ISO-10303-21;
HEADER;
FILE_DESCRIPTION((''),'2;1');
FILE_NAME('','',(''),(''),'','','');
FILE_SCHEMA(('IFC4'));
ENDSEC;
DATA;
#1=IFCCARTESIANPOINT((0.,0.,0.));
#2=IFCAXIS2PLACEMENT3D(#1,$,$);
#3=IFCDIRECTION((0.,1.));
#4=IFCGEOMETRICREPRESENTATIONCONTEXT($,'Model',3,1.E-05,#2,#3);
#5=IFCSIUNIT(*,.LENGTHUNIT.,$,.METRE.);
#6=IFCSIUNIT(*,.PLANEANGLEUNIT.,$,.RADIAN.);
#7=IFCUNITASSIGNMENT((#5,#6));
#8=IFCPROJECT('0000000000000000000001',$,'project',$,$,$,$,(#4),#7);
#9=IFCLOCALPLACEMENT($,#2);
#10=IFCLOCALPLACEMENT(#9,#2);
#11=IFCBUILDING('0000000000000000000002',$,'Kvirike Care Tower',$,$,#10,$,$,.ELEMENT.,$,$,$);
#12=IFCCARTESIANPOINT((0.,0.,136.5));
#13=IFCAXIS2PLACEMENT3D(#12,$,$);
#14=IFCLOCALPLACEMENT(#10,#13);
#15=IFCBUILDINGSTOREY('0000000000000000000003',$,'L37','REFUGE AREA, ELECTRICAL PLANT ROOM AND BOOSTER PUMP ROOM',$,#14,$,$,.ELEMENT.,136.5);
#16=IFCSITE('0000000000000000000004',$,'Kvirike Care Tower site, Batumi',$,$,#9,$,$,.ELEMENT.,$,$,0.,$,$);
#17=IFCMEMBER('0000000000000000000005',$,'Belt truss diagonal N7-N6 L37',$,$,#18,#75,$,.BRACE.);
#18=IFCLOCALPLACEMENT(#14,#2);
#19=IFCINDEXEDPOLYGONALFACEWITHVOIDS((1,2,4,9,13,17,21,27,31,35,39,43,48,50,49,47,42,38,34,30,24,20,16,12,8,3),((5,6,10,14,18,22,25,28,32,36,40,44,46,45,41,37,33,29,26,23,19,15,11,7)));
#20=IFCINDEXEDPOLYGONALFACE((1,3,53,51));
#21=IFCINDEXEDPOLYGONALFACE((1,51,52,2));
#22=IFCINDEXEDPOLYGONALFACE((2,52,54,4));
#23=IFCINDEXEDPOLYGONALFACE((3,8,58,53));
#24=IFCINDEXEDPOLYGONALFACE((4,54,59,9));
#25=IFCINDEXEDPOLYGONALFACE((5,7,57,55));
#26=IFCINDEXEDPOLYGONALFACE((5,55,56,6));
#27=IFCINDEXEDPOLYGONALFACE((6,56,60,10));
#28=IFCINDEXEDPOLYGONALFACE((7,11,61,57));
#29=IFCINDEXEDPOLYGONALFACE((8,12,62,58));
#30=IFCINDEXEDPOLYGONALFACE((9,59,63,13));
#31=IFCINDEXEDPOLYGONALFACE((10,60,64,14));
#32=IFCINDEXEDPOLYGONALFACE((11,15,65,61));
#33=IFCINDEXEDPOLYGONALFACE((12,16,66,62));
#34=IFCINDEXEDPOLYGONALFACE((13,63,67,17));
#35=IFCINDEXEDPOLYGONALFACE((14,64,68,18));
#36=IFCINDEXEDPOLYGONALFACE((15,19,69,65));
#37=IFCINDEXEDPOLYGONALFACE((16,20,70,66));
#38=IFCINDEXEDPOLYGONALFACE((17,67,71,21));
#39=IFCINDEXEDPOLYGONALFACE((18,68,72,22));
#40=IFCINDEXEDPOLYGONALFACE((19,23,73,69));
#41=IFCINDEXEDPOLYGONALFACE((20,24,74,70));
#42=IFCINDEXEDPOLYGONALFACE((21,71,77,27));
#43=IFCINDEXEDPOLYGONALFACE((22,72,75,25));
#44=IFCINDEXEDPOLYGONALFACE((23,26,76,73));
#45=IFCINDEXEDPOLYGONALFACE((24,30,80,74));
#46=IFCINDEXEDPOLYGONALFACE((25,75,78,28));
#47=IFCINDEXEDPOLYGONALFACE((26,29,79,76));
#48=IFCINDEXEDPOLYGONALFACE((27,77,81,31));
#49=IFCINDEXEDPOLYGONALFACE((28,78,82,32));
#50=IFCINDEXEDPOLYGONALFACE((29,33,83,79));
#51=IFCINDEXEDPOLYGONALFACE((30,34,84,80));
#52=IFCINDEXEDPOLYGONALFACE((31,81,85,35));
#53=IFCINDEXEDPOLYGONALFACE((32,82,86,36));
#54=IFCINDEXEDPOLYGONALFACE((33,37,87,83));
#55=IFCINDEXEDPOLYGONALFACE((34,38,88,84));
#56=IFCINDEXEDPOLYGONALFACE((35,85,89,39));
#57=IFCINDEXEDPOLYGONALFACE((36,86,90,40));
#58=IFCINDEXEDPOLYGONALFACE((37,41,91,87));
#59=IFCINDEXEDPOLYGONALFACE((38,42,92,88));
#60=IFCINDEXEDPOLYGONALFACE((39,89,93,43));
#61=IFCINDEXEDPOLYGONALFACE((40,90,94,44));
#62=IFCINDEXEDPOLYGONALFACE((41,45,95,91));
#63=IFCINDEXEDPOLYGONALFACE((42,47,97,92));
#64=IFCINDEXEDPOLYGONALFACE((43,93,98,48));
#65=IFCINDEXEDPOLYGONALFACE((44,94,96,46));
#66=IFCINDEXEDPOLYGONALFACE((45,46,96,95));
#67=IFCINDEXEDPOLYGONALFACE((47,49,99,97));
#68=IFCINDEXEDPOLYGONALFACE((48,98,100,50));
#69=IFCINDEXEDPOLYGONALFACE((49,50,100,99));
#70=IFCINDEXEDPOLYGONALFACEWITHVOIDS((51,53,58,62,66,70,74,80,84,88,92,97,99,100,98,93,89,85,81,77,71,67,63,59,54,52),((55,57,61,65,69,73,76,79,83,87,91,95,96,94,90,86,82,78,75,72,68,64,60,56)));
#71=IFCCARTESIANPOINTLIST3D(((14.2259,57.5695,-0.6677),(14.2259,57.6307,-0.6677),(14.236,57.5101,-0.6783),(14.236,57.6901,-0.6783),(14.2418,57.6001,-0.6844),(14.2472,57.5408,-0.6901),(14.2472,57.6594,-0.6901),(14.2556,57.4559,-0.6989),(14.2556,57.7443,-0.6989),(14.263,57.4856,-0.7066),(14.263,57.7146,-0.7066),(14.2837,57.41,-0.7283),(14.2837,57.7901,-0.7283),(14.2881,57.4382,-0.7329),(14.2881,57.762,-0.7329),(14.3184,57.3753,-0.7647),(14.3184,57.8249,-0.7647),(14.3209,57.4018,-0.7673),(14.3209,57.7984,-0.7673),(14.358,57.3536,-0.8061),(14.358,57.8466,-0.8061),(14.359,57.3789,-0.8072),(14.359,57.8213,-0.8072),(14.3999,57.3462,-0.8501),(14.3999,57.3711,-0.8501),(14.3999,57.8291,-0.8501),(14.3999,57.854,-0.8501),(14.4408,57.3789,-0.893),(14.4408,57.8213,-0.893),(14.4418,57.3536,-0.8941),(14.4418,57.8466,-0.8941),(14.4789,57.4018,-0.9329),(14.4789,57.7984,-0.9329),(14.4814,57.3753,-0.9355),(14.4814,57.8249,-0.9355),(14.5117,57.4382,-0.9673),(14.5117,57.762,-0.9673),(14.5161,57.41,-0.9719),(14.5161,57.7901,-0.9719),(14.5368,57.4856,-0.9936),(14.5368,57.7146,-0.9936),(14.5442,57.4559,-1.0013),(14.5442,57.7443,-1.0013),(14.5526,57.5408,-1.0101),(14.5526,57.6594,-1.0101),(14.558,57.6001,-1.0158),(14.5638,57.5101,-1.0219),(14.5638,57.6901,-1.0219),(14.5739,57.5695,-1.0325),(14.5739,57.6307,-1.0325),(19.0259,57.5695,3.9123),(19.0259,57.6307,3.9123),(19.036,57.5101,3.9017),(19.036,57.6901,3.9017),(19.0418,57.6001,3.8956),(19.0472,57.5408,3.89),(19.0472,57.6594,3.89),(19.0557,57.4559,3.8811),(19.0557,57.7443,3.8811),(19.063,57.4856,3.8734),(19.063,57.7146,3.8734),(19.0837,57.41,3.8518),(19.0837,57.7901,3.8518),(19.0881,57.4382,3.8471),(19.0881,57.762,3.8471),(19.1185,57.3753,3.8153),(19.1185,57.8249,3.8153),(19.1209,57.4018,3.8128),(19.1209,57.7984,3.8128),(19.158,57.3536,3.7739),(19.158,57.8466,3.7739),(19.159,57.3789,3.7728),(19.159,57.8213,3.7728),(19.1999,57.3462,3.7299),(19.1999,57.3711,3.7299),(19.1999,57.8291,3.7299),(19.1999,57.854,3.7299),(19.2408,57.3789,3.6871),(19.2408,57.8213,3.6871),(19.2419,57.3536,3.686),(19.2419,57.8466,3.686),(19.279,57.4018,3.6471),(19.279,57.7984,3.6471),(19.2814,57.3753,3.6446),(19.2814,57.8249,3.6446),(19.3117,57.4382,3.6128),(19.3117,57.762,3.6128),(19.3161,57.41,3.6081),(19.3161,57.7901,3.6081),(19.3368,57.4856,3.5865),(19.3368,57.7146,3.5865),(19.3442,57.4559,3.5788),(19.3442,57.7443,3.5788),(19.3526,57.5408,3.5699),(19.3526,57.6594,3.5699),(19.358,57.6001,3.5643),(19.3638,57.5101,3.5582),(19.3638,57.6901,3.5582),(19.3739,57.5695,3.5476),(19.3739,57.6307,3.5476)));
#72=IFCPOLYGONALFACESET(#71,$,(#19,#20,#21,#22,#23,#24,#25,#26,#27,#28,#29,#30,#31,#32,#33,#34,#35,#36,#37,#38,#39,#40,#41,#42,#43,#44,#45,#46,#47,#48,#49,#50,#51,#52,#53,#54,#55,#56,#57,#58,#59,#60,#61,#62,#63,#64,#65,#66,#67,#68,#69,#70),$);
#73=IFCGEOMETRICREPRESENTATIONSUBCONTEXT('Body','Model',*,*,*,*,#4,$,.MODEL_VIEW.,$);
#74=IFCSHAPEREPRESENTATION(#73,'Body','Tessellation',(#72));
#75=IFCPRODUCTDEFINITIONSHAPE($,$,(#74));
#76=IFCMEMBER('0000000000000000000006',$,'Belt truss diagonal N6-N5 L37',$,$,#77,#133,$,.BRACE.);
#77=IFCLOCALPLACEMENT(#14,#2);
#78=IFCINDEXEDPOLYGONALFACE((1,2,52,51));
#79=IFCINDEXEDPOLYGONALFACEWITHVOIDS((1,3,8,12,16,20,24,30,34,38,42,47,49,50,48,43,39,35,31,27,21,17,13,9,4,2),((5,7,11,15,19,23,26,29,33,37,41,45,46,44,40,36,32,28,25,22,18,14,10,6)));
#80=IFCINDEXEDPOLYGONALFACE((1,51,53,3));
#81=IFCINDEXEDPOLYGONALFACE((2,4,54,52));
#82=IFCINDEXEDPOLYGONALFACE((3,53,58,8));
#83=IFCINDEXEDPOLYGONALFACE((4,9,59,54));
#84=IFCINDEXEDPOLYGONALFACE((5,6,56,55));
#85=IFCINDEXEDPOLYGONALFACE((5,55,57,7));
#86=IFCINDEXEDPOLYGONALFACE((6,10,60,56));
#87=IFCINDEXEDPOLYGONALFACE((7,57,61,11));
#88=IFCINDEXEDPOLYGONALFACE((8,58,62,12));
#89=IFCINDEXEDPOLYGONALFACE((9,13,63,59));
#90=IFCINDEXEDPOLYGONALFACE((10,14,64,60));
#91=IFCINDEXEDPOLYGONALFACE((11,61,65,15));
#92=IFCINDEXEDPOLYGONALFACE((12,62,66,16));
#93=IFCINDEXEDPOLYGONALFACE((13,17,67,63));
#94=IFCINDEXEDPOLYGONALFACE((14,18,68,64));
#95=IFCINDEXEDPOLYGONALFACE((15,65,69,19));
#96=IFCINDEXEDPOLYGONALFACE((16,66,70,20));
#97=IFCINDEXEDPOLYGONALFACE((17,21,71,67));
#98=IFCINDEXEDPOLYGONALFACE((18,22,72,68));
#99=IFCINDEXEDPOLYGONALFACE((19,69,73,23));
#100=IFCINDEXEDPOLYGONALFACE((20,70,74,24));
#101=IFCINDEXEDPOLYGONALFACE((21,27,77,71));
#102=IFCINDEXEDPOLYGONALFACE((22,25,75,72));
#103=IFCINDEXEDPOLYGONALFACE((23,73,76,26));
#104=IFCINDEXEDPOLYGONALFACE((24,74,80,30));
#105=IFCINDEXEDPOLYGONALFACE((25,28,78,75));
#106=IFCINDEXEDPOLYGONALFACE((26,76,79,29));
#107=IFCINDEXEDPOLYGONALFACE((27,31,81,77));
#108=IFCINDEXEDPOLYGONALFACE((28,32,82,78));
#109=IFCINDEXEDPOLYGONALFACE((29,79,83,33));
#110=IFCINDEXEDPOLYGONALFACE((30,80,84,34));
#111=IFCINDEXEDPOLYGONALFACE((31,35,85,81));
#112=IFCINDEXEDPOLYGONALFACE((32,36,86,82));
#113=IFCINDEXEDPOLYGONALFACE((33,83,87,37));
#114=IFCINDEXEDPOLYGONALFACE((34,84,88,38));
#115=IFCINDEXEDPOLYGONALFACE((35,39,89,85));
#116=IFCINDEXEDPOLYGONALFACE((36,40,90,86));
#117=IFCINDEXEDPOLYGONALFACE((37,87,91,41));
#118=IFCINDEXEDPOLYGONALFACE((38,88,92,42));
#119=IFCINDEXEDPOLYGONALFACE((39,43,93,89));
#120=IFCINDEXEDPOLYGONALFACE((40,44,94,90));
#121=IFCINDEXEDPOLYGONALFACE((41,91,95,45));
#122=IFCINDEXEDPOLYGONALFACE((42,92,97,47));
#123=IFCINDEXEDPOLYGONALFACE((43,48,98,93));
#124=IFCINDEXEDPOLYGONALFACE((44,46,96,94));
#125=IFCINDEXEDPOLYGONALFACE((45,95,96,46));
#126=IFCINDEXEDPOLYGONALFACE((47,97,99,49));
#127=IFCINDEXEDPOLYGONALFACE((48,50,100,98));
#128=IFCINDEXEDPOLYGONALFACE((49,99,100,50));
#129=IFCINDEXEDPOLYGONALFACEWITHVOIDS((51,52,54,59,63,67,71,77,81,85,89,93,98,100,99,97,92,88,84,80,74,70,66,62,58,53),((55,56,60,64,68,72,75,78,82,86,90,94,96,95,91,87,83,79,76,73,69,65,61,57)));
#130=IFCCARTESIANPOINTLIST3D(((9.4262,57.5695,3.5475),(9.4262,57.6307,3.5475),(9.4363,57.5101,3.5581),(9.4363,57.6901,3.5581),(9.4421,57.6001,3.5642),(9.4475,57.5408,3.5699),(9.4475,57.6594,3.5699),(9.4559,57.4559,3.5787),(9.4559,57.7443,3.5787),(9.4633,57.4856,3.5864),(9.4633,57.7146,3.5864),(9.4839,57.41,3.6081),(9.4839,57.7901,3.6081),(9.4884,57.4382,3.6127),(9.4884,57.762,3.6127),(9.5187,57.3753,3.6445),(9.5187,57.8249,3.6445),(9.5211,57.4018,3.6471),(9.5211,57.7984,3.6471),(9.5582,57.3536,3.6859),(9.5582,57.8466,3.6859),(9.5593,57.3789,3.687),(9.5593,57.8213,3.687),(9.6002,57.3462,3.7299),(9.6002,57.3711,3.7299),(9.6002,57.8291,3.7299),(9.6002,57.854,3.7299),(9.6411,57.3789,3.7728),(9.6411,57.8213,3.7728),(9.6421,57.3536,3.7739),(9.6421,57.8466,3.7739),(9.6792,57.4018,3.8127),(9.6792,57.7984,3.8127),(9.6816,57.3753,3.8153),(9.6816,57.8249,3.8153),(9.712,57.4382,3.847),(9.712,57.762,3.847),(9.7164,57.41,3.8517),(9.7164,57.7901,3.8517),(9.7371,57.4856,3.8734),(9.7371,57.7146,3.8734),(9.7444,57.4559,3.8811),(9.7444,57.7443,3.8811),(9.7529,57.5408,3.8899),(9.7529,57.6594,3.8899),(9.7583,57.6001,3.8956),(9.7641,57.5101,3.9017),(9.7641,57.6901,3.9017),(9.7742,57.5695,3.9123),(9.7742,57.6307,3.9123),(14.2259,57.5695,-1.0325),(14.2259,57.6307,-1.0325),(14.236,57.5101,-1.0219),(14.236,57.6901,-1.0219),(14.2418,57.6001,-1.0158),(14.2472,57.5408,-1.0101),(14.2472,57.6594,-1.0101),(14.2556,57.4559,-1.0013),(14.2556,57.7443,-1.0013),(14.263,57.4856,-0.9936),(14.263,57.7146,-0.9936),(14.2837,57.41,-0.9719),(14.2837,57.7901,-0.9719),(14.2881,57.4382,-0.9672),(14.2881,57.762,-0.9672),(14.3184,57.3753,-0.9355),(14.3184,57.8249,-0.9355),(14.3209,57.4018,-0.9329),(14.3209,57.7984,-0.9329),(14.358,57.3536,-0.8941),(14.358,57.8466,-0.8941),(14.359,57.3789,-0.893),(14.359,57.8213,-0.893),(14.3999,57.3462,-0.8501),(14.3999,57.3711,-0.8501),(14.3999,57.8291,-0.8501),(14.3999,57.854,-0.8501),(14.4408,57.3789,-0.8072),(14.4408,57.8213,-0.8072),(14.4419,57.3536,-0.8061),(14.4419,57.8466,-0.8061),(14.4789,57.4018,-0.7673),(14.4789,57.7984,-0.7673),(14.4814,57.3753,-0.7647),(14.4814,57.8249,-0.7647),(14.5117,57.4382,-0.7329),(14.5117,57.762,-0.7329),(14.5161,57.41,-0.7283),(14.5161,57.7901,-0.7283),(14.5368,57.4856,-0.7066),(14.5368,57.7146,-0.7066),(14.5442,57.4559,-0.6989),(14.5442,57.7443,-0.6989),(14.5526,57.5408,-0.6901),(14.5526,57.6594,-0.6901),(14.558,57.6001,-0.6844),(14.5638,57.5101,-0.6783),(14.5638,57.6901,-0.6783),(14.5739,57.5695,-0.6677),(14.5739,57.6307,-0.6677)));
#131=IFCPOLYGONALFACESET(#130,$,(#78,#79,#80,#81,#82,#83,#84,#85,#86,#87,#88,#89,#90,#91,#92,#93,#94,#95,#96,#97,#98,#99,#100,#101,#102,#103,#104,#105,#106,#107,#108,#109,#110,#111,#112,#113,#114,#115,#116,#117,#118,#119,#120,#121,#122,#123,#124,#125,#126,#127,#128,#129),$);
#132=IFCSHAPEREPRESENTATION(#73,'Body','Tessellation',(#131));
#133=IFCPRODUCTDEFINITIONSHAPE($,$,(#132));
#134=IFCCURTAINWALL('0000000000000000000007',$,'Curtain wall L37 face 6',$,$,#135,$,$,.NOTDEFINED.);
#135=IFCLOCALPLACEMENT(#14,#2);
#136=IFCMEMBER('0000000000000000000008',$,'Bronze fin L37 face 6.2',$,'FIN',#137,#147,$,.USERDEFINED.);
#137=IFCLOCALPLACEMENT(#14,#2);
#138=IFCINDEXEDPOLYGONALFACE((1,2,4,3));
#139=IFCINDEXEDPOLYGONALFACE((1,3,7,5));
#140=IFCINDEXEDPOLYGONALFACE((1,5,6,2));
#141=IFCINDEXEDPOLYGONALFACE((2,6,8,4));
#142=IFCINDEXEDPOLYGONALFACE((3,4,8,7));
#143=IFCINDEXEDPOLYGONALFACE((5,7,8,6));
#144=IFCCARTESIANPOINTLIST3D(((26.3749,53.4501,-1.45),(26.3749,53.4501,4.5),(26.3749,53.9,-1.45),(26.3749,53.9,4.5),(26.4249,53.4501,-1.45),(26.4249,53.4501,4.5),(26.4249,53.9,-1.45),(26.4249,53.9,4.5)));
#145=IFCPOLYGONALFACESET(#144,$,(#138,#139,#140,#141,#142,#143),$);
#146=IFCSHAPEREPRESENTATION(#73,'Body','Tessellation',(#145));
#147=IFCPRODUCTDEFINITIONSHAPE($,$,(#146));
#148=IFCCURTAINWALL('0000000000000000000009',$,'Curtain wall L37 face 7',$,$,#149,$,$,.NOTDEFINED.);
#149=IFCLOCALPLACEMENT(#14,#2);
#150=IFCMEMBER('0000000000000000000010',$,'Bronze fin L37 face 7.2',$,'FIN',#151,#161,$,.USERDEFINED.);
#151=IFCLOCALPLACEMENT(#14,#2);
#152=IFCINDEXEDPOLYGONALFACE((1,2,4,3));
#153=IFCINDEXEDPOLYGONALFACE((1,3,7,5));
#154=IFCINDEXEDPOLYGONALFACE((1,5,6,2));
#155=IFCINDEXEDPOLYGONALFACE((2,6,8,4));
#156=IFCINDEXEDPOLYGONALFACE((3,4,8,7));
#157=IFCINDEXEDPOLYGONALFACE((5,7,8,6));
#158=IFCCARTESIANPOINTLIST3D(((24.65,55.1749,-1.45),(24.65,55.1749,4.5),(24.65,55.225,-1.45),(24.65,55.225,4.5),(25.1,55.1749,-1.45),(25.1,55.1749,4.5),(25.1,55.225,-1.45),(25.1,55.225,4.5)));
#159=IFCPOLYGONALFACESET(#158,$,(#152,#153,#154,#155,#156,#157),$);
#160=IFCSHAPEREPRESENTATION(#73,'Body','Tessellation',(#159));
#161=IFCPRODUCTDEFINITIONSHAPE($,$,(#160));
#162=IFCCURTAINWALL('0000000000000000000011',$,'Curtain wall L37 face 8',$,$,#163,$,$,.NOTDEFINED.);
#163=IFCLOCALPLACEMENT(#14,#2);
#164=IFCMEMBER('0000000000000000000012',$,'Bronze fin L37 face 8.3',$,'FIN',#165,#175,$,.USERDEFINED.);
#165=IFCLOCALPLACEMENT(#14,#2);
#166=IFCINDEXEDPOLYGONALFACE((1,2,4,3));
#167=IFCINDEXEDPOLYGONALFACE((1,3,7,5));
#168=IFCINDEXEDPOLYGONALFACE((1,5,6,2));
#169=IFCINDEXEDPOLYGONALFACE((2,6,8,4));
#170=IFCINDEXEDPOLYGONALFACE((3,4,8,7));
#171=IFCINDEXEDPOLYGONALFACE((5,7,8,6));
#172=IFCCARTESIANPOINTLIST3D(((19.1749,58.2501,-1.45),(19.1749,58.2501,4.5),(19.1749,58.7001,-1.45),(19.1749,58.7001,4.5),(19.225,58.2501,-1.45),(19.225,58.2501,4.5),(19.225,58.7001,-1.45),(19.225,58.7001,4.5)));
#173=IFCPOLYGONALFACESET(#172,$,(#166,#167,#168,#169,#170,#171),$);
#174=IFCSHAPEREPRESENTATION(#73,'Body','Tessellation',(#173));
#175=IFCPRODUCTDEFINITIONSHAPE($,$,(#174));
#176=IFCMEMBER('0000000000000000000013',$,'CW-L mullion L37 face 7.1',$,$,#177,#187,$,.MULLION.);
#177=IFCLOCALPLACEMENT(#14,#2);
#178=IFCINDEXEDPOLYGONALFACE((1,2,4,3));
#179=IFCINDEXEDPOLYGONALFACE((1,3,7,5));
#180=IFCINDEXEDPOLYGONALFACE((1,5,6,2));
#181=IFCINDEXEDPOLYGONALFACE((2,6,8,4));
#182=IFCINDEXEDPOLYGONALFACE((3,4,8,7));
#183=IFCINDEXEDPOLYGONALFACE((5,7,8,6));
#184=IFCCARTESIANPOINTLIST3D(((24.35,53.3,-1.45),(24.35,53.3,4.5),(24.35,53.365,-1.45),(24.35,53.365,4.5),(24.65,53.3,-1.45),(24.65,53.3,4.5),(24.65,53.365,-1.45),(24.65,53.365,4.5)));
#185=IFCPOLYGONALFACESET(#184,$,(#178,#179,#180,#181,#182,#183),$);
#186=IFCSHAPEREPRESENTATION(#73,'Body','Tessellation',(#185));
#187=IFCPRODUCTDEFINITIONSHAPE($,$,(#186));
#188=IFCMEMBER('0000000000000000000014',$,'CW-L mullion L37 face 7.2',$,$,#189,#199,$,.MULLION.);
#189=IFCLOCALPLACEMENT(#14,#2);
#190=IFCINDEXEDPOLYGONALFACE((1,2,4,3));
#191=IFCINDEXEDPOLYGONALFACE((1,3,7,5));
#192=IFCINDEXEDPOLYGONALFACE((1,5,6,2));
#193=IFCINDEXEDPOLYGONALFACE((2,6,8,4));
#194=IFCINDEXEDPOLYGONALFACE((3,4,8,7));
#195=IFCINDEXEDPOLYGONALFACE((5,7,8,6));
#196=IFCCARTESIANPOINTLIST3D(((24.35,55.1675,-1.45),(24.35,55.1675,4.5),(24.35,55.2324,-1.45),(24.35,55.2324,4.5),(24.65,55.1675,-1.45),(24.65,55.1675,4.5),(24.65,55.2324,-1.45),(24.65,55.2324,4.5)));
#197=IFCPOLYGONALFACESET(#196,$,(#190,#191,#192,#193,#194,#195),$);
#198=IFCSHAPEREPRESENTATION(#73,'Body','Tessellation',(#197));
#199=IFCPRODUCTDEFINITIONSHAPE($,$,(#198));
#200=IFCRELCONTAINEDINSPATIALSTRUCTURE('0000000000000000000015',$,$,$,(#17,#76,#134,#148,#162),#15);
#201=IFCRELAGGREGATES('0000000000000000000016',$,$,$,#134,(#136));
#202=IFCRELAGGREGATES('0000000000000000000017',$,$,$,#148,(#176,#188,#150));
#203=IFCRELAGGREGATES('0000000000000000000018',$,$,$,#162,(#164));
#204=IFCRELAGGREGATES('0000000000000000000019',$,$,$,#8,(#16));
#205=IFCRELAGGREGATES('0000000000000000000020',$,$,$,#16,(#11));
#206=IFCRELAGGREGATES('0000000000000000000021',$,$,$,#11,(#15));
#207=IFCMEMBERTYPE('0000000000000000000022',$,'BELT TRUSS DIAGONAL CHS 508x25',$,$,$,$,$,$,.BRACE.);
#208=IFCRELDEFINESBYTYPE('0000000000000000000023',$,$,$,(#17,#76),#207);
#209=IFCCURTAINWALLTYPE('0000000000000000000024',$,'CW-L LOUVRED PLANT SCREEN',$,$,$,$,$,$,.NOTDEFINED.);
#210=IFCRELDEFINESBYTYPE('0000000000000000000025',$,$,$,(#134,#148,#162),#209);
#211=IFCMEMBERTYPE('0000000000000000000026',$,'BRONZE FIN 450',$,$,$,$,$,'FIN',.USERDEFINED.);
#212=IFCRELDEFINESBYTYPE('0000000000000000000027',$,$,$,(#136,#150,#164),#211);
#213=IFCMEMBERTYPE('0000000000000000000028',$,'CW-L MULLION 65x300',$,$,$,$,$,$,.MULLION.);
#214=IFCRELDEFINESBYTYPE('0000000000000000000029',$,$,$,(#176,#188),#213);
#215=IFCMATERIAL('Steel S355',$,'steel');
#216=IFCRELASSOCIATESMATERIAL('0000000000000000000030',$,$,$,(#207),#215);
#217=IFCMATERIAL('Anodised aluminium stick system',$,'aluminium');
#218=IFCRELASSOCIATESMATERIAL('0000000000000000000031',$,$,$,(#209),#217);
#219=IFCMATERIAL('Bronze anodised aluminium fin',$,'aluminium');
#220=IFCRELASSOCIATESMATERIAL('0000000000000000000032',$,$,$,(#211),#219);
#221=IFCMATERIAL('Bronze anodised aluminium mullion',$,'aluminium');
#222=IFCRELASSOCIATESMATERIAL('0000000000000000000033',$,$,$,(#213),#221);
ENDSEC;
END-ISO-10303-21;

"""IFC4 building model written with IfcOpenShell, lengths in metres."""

from ifc_helpers import new_model, si_unit, direction, frame, origin, origin_2d, place, context, subcontext, project, spatial, rectangle, hollow_circle, extrude, material, material_profile, profile_set, type_object, element, aggregate, save


model = new_model("IFC4")

# Units and contexts
model_context = context("Model", 3, precision=1e-05, world=origin(), true_north=direction((0.0, 1.0)))
body_context = subcontext(model_context, "Body", "Model", "MODEL_VIEW")
ifc_project = project(units=[si_unit("LENGTHUNIT", "METRE"), si_unit("PLANEANGLEUNIT", "RADIAN")], contexts=[model_context])

# Site, building, storey
site_placement = place(None, origin())
site = spatial("IfcSite", under=ifc_project, at=site_placement, Name="Kvirike Care Tower site, Batumi", CompositionType="ELEMENT", RefElevation=0.0)
building_placement = place(site_placement, origin())
building = spatial("IfcBuilding", under=site, at=building_placement, Name="Kvirike Care Tower", CompositionType="ELEMENT")
storey_placement = place(building_placement, frame((0.0, 0.0, 136.5)))
storey = spatial("IfcBuildingStorey", under=building, at=storey_placement, Name="L37", Description="REFUGE AREA, ELECTRICAL PLANT ROOM AND BOOSTER PUMP ROOM", CompositionType="ELEMENT", Elevation=136.5)

# Members
ifc_material_1 = material(Name="Steel S355", Category="steel")
ifc_material_profile_1 = material_profile(ifc_material_1, hollow_circle(Radius=0.2539, WallThickness=0.0249, at=origin_2d()), Name="CHS 508x25")
ifc_profile_set_1 = profile_set([ifc_material_profile_1], Name="Steel S355")
member_type_1 = type_object("IfcMemberType", Name="BELT TRUSS DIAGONAL CHS 508x25", PredefinedType="BRACE", material=ifc_profile_set_1)
for number, where, z_axis, x_axis, name in (
    (1, (14.3999, 57.6001, -0.8501), (0.72349, 0.0, 0.690335), (0.0, 1.0, 0.0), "Belt truss diagonal N7-N6 L37"),
):
    element("IfcMember", number, at=place(storey_placement, frame(where, z_axis=z_axis, x_axis=x_axis)), inside=storey, type_object=member_type_1, Name=name, PredefinedType="BRACE", context=body_context, shape_type="SweptSolid", body=[
        extrude(hollow_circle(Radius=0.2539, WallThickness=0.0249, at=origin_2d()), origin(), (0.0, 0.0, 1.0), 6.6345),
    ])
member_1_placement = place(storey_placement, frame((14.3999, 57.6001, -0.8501), z_axis=(-0.723472, 0.0, 0.690353), x_axis=(0.0, -1.0, 0.0)))
element("IfcMember", 2, at=member_1_placement, inside=storey, type_object=member_type_1, Name="Belt truss diagonal N6-N5 L37", PredefinedType="BRACE", context=body_context, shape_type="SweptSolid", body=[
    extrude(hollow_circle(Radius=0.2539, WallThickness=0.0249, at=origin_2d()), origin(), (0.0, 0.0, 1.0), 6.6343),
])

# Curtain walls, members
ifc_material_2 = material(Name="Anodised aluminium stick system", Category="aluminium")
curtain_wall_type = type_object("IfcCurtainWallType", Name="CW-L LOUVRED PLANT SCREEN", PredefinedType="NOTDEFINED", material=ifc_material_2)
curtain_wall_1_placement = place(storey_placement, origin())
curtain_wall_1 = element("IfcCurtainWall", 3, at=curtain_wall_1_placement, inside=storey, type_object=curtain_wall_type, Name="Curtain wall L37 face 6", PredefinedType="NOTDEFINED")
ifc_material_3 = material(Name="Bronze anodised aluminium fin", Category="aluminium")
ifc_material_profile_2 = material_profile(ifc_material_3, rectangle(XDim=0.05, YDim=0.45, at=origin_2d()), Name="BRONZE FIN 450")
ifc_profile_set_2 = profile_set([ifc_material_profile_2], Name="Bronze anodised aluminium fin")
member_type_2 = type_object("IfcMemberType", Name="BRONZE FIN 450", ElementType="FIN", PredefinedType="USERDEFINED", material=ifc_profile_set_2)
member_2_placement = place(storey_placement, frame((26.3999, 53.675, -1.45), z_axis=(0.0, 0.0, 1.0), x_axis=(-1.0, 0.0, 0.0)))
member_2 = element("IfcMember", 4, at=member_2_placement, type_object=member_type_2, Name="Bronze fin L37 face 6.2", ObjectType="FIN", PredefinedType="USERDEFINED", context=body_context, shape_type="SweptSolid", body=[
    extrude(rectangle(XDim=0.05, YDim=0.45, at=origin_2d()), origin(), (0.0, 0.0, 1.0), 5.95),
])
aggregate(curtain_wall_1, [member_2])
curtain_wall_2_placement = place(storey_placement, origin())
curtain_wall_2 = element("IfcCurtainWall", 5, at=curtain_wall_2_placement, inside=storey, type_object=curtain_wall_type, Name="Curtain wall L37 face 7", PredefinedType="NOTDEFINED")
member_3_placement = place(storey_placement, frame((24.875, 55.2, -1.45), z_axis=(0.0, 0.0, 1.0), x_axis=(0.0, 1.0, 0.0)))
member_3 = element("IfcMember", 6, at=member_3_placement, type_object=member_type_2, Name="Bronze fin L37 face 7.2", ObjectType="FIN", PredefinedType="USERDEFINED", context=body_context, shape_type="SweptSolid", body=[
    extrude(rectangle(XDim=0.05, YDim=0.45, at=origin_2d()), origin(), (0.0, 0.0, 1.0), 5.95),
])
curtain_wall_3_placement = place(storey_placement, origin())
curtain_wall_3 = element("IfcCurtainWall", 7, at=curtain_wall_3_placement, inside=storey, type_object=curtain_wall_type, Name="Curtain wall L37 face 8", PredefinedType="NOTDEFINED")
member_4_placement = place(storey_placement, frame((19.2, 58.4751, -1.45), z_axis=(0.0, 0.0, 1.0), x_axis=(-1.0, 0.0, 0.0)))
member_4 = element("IfcMember", 8, at=member_4_placement, type_object=member_type_2, Name="Bronze fin L37 face 8.3", ObjectType="FIN", PredefinedType="USERDEFINED", context=body_context, shape_type="SweptSolid", body=[
    extrude(rectangle(XDim=0.05, YDim=0.45, at=origin_2d()), origin(), (0.0, 0.0, 1.0), 5.95),
])

# Members
ifc_material_4 = material(Name="Bronze anodised aluminium mullion", Category="aluminium")
ifc_material_profile_3 = material_profile(ifc_material_4, rectangle(XDim=0.0649, YDim=0.3, at=origin_2d()), Name="CW-L MULLION 65x300")
ifc_profile_set_3 = profile_set([ifc_material_profile_3], Name="Bronze anodised aluminium mullion")
member_type_3 = type_object("IfcMemberType", Name="CW-L MULLION 65x300", PredefinedType="MULLION", material=ifc_profile_set_3)
member_5_placement = place(storey_placement, frame((24.5, 53.3325, -1.45), z_axis=(0.0, 0.0, 1.0), x_axis=(0.0, 1.0, 0.0)))
member_5 = element("IfcMember", 9, at=member_5_placement, type_object=member_type_3, Name="CW-L mullion L37 face 7.1", PredefinedType="MULLION", context=body_context, shape_type="SweptSolid", body=[
    extrude(rectangle(XDim=0.0649, YDim=0.3, at=origin_2d()), origin(), (0.0, 0.0, 1.0), 5.95),
])
member_6_placement = place(storey_placement, frame((24.5, 55.2, -1.45), z_axis=(0.0, 0.0, 1.0), x_axis=(0.0, 1.0, 0.0)))
member_6 = element("IfcMember", 10, at=member_6_placement, type_object=member_type_3, Name="CW-L mullion L37 face 7.2", PredefinedType="MULLION", context=body_context, shape_type="SweptSolid", body=[
    extrude(rectangle(XDim=0.0649, YDim=0.3, at=origin_2d()), origin(), (0.0, 0.0, 1.0), 5.95),
])

aggregate(curtain_wall_2, [member_5, member_6, member_3])
aggregate(curtain_wall_3, [member_4])

save(model, "model.ifc")
